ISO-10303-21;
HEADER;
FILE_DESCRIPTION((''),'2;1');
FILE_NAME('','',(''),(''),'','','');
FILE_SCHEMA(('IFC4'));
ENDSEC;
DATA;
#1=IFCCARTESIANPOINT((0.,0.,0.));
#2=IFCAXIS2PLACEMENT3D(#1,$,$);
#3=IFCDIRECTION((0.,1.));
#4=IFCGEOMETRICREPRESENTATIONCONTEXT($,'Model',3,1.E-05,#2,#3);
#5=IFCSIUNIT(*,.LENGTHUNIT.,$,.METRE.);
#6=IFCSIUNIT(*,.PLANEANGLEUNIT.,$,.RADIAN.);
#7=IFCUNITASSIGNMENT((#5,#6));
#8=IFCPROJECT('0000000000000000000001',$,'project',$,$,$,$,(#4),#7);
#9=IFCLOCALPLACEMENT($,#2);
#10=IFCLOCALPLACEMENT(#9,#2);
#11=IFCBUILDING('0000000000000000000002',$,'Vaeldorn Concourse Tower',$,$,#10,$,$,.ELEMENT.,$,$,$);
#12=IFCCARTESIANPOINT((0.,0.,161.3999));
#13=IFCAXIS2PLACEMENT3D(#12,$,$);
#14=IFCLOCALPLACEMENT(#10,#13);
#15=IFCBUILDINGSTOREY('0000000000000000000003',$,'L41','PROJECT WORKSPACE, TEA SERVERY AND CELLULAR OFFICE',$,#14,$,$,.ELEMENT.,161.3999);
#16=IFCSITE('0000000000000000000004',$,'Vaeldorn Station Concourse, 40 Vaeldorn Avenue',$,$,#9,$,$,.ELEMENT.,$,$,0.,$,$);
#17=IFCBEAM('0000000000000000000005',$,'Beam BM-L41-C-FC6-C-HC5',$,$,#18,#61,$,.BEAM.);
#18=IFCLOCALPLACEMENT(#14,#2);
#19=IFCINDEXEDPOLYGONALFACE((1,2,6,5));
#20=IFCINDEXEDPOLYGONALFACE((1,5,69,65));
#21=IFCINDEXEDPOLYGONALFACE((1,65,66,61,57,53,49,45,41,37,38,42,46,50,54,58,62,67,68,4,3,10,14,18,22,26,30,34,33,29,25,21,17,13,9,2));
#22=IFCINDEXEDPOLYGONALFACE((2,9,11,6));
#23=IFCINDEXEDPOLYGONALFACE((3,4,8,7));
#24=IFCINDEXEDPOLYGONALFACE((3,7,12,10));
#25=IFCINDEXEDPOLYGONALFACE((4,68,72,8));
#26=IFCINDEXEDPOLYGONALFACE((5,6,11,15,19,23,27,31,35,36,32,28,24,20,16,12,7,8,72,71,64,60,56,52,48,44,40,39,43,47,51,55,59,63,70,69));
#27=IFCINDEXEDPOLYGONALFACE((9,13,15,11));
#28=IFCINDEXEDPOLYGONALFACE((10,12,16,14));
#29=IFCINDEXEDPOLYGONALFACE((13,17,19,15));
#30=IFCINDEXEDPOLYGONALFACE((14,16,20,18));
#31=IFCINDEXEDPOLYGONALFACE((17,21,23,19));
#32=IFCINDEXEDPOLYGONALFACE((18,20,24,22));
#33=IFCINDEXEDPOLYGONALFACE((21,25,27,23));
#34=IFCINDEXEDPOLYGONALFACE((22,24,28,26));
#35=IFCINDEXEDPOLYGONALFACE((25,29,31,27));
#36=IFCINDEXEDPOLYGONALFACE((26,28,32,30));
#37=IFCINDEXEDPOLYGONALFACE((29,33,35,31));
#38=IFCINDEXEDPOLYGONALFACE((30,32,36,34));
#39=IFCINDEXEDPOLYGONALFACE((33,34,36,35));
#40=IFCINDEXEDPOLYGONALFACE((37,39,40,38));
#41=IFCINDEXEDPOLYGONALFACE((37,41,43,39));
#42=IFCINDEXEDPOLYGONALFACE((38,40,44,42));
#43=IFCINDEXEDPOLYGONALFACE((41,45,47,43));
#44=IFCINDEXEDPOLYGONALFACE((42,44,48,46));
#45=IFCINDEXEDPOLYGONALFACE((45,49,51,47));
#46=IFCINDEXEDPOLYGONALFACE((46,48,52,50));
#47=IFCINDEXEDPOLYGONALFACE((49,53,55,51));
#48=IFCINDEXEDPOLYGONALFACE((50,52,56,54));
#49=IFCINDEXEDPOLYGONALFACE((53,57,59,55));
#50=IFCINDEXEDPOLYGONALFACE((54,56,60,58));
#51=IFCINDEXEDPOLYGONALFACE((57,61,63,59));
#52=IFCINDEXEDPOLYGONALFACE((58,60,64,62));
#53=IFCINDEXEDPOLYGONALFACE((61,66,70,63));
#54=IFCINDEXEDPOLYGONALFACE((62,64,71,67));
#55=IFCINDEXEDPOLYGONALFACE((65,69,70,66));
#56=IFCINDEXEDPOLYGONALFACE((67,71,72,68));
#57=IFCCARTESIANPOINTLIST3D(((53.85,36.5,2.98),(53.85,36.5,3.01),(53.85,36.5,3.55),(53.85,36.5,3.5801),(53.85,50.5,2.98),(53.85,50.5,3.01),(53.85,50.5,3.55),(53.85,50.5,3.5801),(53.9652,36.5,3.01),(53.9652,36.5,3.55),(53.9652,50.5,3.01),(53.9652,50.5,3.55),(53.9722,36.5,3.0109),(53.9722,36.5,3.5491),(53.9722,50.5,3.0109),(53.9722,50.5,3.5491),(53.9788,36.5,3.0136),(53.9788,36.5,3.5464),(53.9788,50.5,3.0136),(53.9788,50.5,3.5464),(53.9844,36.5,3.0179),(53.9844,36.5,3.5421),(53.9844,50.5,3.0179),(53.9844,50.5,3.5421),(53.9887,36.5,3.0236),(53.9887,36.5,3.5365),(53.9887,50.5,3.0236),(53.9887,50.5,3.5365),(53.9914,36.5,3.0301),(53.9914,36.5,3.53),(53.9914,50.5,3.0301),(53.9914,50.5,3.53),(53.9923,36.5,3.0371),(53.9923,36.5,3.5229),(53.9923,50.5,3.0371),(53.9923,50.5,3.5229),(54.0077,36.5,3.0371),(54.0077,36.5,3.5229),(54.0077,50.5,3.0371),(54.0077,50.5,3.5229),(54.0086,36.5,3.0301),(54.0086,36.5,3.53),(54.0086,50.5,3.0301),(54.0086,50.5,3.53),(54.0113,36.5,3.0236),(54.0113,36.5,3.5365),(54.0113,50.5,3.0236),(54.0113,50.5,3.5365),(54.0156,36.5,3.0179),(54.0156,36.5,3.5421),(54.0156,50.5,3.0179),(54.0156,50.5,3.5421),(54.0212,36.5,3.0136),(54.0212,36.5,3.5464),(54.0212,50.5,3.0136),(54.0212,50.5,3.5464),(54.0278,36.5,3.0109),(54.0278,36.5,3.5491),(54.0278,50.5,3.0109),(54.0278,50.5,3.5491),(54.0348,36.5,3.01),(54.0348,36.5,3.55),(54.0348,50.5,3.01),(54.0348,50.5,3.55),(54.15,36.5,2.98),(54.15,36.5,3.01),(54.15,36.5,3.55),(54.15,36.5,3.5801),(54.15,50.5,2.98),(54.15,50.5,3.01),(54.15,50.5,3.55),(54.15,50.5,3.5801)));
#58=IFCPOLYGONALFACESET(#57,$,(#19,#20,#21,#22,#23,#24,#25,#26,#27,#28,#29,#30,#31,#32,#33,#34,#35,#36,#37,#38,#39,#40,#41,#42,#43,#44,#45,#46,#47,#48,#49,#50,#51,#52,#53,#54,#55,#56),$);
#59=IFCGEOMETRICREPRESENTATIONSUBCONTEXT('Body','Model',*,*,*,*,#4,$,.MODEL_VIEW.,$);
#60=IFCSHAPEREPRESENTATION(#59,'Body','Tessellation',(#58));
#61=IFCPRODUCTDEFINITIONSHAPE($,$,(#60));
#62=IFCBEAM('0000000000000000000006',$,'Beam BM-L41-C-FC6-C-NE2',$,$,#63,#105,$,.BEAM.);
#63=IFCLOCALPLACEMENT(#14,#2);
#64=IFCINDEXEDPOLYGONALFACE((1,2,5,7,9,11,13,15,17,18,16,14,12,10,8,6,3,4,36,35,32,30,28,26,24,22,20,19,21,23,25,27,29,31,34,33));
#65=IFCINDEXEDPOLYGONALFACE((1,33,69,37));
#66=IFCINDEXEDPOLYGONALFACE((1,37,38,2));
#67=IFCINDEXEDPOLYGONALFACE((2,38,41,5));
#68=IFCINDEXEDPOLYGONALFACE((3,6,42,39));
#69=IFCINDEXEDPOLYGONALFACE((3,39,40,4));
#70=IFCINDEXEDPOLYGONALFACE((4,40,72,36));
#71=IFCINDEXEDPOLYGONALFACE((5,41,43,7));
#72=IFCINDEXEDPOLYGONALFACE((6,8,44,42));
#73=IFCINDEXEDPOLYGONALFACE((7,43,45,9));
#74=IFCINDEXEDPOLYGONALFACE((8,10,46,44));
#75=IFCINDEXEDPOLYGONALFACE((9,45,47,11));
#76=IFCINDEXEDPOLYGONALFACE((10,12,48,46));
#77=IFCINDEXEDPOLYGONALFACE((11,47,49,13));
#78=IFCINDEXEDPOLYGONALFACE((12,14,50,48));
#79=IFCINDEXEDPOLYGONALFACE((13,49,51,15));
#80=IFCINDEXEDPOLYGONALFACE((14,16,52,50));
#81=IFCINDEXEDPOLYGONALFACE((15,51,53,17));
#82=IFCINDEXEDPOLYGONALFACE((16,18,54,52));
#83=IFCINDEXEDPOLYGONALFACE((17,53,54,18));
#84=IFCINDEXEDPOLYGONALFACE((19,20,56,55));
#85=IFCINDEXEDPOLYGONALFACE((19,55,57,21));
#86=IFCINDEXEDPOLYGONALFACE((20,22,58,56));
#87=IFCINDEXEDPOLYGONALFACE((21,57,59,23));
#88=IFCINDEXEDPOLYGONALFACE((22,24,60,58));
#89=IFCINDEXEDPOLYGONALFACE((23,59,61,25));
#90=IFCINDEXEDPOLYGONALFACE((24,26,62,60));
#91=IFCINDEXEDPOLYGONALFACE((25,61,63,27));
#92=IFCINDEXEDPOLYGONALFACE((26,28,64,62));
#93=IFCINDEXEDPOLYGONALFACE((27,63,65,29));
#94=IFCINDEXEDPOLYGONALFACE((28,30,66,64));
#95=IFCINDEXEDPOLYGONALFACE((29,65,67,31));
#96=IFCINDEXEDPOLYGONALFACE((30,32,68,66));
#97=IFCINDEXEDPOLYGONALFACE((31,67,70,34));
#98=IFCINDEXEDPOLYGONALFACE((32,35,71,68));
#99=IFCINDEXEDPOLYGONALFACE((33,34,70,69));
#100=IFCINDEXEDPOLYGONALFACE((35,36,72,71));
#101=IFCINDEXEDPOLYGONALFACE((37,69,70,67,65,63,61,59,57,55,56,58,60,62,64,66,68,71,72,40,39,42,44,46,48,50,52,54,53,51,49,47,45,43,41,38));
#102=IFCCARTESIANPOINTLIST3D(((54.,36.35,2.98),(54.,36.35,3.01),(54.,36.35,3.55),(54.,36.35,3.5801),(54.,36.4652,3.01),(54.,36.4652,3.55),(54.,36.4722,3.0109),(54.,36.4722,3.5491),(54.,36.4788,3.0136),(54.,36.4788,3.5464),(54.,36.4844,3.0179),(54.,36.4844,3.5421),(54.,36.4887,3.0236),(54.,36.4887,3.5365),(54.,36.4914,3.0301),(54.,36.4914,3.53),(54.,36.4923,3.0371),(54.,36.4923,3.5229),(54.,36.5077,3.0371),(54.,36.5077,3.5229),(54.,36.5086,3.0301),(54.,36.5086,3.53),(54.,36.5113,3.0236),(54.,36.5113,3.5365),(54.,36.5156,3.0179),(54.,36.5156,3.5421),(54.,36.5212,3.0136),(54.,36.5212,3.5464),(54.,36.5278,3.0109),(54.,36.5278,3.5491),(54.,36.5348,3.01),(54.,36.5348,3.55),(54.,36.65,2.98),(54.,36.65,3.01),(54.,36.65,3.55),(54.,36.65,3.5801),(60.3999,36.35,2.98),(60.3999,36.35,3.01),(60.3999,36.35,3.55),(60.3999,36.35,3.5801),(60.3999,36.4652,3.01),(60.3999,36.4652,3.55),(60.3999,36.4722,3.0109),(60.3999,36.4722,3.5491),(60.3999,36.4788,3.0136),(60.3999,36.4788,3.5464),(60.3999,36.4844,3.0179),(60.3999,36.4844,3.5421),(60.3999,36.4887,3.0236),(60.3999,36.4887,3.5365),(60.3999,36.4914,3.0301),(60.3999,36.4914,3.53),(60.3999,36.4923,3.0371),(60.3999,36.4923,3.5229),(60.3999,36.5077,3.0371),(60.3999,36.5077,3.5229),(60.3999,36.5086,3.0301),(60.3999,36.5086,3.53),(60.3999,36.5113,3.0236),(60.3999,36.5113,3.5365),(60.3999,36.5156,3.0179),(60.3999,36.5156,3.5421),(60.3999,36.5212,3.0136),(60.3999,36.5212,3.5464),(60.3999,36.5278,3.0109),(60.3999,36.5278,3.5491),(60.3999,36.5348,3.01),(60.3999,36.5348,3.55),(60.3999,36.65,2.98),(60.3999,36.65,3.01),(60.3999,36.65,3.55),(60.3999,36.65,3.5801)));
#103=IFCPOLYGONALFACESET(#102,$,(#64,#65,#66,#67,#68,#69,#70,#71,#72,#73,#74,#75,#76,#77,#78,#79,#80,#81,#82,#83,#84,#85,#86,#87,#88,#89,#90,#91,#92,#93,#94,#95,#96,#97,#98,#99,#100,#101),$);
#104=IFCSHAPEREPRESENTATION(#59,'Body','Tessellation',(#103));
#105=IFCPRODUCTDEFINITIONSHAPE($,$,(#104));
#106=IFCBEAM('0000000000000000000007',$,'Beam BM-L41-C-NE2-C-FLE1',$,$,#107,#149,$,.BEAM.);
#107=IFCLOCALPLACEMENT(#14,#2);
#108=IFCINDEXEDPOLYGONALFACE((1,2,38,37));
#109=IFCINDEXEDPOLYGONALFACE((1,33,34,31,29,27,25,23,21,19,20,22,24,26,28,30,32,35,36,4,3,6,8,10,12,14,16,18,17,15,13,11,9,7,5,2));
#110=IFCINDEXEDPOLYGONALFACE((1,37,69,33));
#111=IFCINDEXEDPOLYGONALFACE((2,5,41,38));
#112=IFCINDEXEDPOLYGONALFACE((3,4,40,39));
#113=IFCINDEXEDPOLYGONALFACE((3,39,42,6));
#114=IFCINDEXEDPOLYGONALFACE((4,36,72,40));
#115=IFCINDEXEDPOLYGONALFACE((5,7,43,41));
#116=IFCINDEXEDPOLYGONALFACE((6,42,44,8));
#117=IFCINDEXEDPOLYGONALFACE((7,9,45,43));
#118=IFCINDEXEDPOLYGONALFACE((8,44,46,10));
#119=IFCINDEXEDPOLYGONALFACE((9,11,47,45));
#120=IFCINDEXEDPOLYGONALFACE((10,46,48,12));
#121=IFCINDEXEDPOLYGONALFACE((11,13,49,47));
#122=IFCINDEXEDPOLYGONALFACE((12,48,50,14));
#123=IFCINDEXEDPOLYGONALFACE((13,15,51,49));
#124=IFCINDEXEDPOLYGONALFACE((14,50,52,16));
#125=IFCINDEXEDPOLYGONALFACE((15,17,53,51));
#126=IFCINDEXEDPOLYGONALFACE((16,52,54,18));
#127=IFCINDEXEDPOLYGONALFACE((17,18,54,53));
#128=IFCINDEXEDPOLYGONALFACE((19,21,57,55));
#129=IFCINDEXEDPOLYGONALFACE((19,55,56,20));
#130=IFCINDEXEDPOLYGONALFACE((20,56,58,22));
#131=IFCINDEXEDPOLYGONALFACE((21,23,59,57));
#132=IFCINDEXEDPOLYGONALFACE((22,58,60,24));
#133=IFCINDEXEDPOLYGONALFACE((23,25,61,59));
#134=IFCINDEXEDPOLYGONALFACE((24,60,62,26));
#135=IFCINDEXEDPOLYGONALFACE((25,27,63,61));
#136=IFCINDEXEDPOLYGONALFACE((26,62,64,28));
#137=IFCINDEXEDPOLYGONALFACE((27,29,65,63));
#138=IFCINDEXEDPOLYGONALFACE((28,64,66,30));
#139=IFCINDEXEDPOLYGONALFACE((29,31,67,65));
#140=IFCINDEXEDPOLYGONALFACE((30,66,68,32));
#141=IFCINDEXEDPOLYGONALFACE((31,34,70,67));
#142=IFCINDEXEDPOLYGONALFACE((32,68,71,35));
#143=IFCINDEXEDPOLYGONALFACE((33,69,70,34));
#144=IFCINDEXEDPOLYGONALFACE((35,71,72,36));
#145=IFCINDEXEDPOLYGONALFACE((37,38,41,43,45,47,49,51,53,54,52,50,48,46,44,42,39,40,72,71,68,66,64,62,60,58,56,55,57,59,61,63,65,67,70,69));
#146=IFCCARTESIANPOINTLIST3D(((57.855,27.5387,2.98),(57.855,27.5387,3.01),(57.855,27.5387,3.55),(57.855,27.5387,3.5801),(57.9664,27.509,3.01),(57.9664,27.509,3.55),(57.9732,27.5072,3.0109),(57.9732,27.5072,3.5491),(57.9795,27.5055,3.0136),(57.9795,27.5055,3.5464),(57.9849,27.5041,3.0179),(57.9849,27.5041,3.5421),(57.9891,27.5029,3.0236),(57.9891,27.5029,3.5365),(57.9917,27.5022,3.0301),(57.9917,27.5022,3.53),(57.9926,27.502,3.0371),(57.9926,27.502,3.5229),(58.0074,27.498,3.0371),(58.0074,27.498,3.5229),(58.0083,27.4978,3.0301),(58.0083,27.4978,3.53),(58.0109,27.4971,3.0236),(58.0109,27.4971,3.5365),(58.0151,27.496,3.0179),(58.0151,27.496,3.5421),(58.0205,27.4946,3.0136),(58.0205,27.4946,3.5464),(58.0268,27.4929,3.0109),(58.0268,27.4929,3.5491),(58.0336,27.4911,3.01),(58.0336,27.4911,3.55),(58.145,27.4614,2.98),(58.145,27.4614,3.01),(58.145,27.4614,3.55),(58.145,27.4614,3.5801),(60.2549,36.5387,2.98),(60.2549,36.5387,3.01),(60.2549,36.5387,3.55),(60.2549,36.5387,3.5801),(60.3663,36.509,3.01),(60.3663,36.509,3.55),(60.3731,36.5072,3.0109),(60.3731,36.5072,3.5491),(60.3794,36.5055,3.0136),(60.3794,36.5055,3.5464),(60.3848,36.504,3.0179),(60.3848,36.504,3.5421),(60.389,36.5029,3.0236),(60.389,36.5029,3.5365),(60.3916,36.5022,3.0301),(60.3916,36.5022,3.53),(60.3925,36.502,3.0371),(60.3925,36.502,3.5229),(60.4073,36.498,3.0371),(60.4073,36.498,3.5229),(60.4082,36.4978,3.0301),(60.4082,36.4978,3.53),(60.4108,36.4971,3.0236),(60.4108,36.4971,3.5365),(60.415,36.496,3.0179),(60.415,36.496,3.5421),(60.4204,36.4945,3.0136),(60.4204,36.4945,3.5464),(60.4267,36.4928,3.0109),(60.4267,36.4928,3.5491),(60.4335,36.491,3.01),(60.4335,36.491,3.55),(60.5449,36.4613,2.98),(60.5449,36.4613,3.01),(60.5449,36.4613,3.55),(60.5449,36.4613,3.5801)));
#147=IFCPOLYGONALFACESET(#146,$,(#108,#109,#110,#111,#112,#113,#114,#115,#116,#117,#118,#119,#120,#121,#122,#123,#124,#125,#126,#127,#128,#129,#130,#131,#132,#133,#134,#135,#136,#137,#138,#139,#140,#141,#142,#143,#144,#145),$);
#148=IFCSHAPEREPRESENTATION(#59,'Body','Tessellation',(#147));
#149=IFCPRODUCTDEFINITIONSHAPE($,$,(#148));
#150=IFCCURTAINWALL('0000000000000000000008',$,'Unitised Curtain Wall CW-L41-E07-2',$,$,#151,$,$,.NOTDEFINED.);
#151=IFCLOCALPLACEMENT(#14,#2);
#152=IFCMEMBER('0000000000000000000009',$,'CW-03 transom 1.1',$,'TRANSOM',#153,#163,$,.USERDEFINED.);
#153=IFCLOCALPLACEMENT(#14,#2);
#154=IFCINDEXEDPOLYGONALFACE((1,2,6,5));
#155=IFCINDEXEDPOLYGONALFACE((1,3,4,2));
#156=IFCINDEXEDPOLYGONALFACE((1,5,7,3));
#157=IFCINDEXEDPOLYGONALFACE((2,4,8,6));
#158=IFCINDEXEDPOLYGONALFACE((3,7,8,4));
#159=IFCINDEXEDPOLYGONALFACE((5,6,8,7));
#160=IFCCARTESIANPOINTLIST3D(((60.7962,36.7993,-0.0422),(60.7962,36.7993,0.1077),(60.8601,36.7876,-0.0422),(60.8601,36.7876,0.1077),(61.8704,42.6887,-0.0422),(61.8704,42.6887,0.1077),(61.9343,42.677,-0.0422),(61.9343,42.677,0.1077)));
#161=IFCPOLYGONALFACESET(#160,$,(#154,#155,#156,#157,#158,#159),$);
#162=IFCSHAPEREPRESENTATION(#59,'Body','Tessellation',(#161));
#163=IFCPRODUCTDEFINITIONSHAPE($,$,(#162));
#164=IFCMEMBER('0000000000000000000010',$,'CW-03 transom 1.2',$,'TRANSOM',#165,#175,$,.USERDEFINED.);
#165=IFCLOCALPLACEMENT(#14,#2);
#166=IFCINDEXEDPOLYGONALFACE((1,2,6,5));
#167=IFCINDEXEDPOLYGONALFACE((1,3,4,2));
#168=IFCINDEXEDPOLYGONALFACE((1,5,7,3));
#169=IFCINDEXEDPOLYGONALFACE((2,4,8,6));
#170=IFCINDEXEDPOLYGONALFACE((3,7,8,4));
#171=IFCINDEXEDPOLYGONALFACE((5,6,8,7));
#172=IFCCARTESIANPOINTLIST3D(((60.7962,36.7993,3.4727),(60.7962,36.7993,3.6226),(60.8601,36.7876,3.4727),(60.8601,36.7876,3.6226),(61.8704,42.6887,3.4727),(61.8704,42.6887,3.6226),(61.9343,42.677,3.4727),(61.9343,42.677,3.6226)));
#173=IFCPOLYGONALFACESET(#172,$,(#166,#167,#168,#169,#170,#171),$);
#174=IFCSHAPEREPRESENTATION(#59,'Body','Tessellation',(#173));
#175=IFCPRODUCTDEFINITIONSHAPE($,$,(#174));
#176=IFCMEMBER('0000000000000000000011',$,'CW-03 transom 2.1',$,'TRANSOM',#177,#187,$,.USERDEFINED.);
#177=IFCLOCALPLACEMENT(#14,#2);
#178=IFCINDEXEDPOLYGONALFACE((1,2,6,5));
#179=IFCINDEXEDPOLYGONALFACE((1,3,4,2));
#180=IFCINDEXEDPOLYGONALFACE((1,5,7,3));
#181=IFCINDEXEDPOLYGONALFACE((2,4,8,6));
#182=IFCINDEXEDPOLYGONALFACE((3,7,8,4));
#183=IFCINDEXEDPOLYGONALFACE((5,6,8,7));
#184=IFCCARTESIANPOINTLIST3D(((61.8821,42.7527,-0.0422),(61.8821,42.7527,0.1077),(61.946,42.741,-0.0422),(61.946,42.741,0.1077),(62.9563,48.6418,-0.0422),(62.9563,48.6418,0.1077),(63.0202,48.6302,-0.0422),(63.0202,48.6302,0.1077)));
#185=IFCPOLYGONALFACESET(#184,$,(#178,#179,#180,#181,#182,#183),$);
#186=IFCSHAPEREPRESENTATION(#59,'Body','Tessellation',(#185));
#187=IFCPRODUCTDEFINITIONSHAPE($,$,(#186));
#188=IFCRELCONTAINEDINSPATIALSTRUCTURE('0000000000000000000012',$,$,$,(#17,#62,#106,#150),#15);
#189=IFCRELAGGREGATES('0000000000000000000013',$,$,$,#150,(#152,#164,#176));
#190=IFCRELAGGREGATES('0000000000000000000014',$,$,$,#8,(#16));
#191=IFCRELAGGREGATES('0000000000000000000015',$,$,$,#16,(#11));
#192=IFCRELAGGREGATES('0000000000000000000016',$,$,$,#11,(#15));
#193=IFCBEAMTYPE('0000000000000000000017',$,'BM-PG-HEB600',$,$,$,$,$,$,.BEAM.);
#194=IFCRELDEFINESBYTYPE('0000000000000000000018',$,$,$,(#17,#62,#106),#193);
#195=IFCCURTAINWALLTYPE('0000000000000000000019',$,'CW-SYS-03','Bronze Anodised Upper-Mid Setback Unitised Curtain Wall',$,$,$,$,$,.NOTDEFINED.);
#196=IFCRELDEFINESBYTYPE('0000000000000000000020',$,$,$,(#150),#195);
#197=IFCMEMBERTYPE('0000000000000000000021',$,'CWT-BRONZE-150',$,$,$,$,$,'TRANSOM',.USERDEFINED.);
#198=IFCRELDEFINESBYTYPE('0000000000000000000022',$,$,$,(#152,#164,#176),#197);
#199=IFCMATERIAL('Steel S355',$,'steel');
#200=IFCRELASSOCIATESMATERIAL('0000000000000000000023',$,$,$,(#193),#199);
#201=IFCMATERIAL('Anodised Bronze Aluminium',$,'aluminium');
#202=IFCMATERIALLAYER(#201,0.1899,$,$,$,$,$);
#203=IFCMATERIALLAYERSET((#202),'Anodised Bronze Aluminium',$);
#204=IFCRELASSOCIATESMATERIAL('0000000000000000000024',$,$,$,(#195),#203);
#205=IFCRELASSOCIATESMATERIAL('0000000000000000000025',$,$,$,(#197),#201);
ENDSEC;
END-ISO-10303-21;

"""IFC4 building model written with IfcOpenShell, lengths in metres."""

from ifc_helpers import new_model, si_unit, direction, frame, origin, origin_2d, place, context, subcontext, project, spatial, rectangle, i_section, extrude, source, transform, mapped, material, layer, layer_set, material_profile, profile_set, type_object, element, aggregate, save


model = new_model("IFC4")

# Units and contexts
model_context = context("Model", 3, precision=1e-05, world=origin(), true_north=direction((0.0, 1.0)))
body_context = subcontext(model_context, "Body", "Model", "MODEL_VIEW")
ifc_project = project(units=[si_unit("LENGTHUNIT", "METRE"), si_unit("PLANEANGLEUNIT", "RADIAN")], contexts=[model_context])

# Site, building, storey
site_placement = place(None, origin())
site = spatial("IfcSite", under=ifc_project, at=site_placement, Name="Vaeldorn Station Concourse, 40 Vaeldorn Avenue", CompositionType="ELEMENT", RefElevation=0.0)
building_placement = place(site_placement, origin())
building = spatial("IfcBuilding", under=site, at=building_placement, Name="Vaeldorn Concourse Tower", CompositionType="ELEMENT")
storey_placement = place(building_placement, frame((0.0, 0.0, 161.3999)))
storey = spatial("IfcBuildingStorey", under=building, at=storey_placement, Name="L41", Description="PROJECT WORKSPACE, TEA SERVERY AND CELLULAR OFFICE", CompositionType="ELEMENT", Elevation=161.3999)

# Beams
ifc_material_1 = material(Name="Steel S355", Category="steel")
ifc_material_profile_1 = material_profile(ifc_material_1, i_section(OverallWidth=0.3, OverallDepth=0.6001, WebThickness=0.0154, FlangeThickness=0.03, FilletRadius=0.0271, at=origin_2d()), Name="HEB 600")
ifc_profile_set_1 = profile_set([ifc_material_profile_1], Name="Steel S355")
beam_type_1 = type_object("IfcBeamType", Name="BM-PG-HEB600", PredefinedType="BEAM", material=ifc_profile_set_1)
shared_shape_1 = source(origin(), body_context, "Body", "SweptSolid", [
    extrude(i_section(OverallWidth=0.3, OverallDepth=0.6001, WebThickness=0.0154, FlangeThickness=0.03, FilletRadius=0.0271, at=origin_2d()), origin(), (0.0, 0.0, 1.0), 14.0),
])
beam_1_placement = place(storey_placement, frame((54.0, 36.5, 3.28), z_axis=(0.0, 1.0, 0.0), x_axis=(-1.0, 0.0, 0.0)))
element("IfcBeam", 1, at=beam_1_placement, inside=storey, type_object=beam_type_1, Name="Beam BM-L41-C-FC6-C-HC5", PredefinedType="BEAM", context=body_context, shape_type="MappedRepresentation", body=[
    mapped(shared_shape_1, transform((0.0, 0.0, 0.0), scale=1.0)),
])
shared_shape_2 = source(origin(), body_context, "Body", "SweptSolid", [
    extrude(i_section(OverallWidth=0.3, OverallDepth=0.6001, WebThickness=0.0154, FlangeThickness=0.03, FilletRadius=0.0271, at=origin_2d()), origin(), (0.0, 0.0, 1.0), 6.3999),
])
beam_2_placement = place(storey_placement, frame((54.0, 36.5, 3.28), z_axis=(1.0, 0.0, 0.0), x_axis=(0.0, 1.0, 0.0)))
element("IfcBeam", 2, at=beam_2_placement, inside=storey, type_object=beam_type_1, Name="Beam BM-L41-C-FC6-C-NE2", PredefinedType="BEAM", context=body_context, shape_type="MappedRepresentation", body=[
    mapped(shared_shape_2, transform((0.0, 0.0, 0.0), scale=1.0)),
])
shared_shape_3 = source(origin(), body_context, "Body", "SweptSolid", [
    extrude(i_section(OverallWidth=0.3, OverallDepth=0.6001, WebThickness=0.0154, FlangeThickness=0.03, FilletRadius=0.0271, at=origin_2d()), origin(), (0.0, 0.0, 1.0), 9.3145),
])
beam_3_placement = place(storey_placement, frame((60.3999, 36.5, 3.28), z_axis=(-0.257653, -0.966238, 0.0), x_axis=(0.966238, -0.257653, 0.0)))
element("IfcBeam", 3, at=beam_3_placement, inside=storey, type_object=beam_type_1, Name="Beam BM-L41-C-NE2-C-FLE1", PredefinedType="BEAM", context=body_context, shape_type="MappedRepresentation", body=[
    mapped(shared_shape_3, transform((0.0, 0.0, 0.0), scale=1.0)),
])

# Curtain wall, members
ifc_material_2 = material(Name="Anodised Bronze Aluminium", Category="aluminium")
ifc_layer_1 = layer(ifc_material_2, 0.1899)
ifc_layer_set_1 = layer_set([ifc_layer_1], Name="Anodised Bronze Aluminium")
curtain_wall_type = type_object("IfcCurtainWallType", Name="CW-SYS-03", Description="Bronze Anodised Upper-Mid Setback Unitised Curtain Wall", PredefinedType="NOTDEFINED", material=ifc_layer_set_1)
curtain_wall_placement = place(storey_placement, origin())
curtain_wall = element("IfcCurtainWall", 4, at=curtain_wall_placement, inside=storey, type_object=curtain_wall_type, Name="Unitised Curtain Wall CW-L41-E07-2", PredefinedType="NOTDEFINED")
ifc_material_profile_2 = material_profile(ifc_material_2, rectangle(XDim=0.0649, YDim=0.1499, at=origin_2d()), Name="CWT 65x150")
ifc_profile_set_2 = profile_set([ifc_material_profile_2], Name="Anodised Bronze Aluminium")
member_type_1 = type_object("IfcMemberType", Name="CWT-BRONZE-150", ElementType="TRANSOM", PredefinedType="USERDEFINED", material=ifc_profile_set_2)
shared_shape_4 = source(origin(), body_context, "Body", "SweptSolid", [
    extrude(rectangle(XDim=0.0649, YDim=0.1499, at=origin_2d()), origin(), (0.0, 0.0, 1.0), 5.9866),
])
member_1_placement = place(storey_placement, frame((60.8281, 36.7935, 0.0327), z_axis=(0.179438, 0.983769, 0.0), x_axis=(-0.983769, 0.179438, 0.0)))
member_1 = element("IfcMember", 5, at=member_1_placement, type_object=member_type_1, Name="CW-03 transom 1.1", ObjectType="TRANSOM", PredefinedType="USERDEFINED", context=body_context, shape_type="MappedRepresentation", body=[
    mapped(shared_shape_4, transform((0.0, 0.0, 0.0), scale=1.0)),
])
member_2_placement = place(storey_placement, frame((60.8281, 36.7935, 3.5476), z_axis=(0.179438, 0.983769, 0.0), x_axis=(-0.983769, 0.179438, 0.0)))
member_2 = element("IfcMember", 6, at=member_2_placement, type_object=member_type_1, Name="CW-03 transom 1.2", ObjectType="TRANSOM", PredefinedType="USERDEFINED", context=body_context, shape_type="MappedRepresentation", body=[
    mapped(shared_shape_4, transform((0.0, 0.0, 0.0), scale=1.0)),
])
shared_shape_5 = source(origin(), body_context, "Body", "SweptSolid", [
    extrude(rectangle(XDim=0.0649, YDim=0.1499, at=origin_2d()), origin(), (0.0, 0.0, 1.0), 5.9863),
])
member_3_placement = place(storey_placement, frame((61.9141, 42.7468, 0.0327), z_axis=(0.179445, 0.983768, 0.0), x_axis=(-0.983768, 0.179445, 0.0)))
member_3 = element("IfcMember", 7, at=member_3_placement, type_object=member_type_1, Name="CW-03 transom 2.1", ObjectType="TRANSOM", PredefinedType="USERDEFINED", context=body_context, shape_type="MappedRepresentation", body=[
    mapped(shared_shape_5, transform((0.0, 0.0, 0.0), scale=1.0)),
])
aggregate(curtain_wall, [member_1, member_2, member_3])

save(model, "model.ifc")
